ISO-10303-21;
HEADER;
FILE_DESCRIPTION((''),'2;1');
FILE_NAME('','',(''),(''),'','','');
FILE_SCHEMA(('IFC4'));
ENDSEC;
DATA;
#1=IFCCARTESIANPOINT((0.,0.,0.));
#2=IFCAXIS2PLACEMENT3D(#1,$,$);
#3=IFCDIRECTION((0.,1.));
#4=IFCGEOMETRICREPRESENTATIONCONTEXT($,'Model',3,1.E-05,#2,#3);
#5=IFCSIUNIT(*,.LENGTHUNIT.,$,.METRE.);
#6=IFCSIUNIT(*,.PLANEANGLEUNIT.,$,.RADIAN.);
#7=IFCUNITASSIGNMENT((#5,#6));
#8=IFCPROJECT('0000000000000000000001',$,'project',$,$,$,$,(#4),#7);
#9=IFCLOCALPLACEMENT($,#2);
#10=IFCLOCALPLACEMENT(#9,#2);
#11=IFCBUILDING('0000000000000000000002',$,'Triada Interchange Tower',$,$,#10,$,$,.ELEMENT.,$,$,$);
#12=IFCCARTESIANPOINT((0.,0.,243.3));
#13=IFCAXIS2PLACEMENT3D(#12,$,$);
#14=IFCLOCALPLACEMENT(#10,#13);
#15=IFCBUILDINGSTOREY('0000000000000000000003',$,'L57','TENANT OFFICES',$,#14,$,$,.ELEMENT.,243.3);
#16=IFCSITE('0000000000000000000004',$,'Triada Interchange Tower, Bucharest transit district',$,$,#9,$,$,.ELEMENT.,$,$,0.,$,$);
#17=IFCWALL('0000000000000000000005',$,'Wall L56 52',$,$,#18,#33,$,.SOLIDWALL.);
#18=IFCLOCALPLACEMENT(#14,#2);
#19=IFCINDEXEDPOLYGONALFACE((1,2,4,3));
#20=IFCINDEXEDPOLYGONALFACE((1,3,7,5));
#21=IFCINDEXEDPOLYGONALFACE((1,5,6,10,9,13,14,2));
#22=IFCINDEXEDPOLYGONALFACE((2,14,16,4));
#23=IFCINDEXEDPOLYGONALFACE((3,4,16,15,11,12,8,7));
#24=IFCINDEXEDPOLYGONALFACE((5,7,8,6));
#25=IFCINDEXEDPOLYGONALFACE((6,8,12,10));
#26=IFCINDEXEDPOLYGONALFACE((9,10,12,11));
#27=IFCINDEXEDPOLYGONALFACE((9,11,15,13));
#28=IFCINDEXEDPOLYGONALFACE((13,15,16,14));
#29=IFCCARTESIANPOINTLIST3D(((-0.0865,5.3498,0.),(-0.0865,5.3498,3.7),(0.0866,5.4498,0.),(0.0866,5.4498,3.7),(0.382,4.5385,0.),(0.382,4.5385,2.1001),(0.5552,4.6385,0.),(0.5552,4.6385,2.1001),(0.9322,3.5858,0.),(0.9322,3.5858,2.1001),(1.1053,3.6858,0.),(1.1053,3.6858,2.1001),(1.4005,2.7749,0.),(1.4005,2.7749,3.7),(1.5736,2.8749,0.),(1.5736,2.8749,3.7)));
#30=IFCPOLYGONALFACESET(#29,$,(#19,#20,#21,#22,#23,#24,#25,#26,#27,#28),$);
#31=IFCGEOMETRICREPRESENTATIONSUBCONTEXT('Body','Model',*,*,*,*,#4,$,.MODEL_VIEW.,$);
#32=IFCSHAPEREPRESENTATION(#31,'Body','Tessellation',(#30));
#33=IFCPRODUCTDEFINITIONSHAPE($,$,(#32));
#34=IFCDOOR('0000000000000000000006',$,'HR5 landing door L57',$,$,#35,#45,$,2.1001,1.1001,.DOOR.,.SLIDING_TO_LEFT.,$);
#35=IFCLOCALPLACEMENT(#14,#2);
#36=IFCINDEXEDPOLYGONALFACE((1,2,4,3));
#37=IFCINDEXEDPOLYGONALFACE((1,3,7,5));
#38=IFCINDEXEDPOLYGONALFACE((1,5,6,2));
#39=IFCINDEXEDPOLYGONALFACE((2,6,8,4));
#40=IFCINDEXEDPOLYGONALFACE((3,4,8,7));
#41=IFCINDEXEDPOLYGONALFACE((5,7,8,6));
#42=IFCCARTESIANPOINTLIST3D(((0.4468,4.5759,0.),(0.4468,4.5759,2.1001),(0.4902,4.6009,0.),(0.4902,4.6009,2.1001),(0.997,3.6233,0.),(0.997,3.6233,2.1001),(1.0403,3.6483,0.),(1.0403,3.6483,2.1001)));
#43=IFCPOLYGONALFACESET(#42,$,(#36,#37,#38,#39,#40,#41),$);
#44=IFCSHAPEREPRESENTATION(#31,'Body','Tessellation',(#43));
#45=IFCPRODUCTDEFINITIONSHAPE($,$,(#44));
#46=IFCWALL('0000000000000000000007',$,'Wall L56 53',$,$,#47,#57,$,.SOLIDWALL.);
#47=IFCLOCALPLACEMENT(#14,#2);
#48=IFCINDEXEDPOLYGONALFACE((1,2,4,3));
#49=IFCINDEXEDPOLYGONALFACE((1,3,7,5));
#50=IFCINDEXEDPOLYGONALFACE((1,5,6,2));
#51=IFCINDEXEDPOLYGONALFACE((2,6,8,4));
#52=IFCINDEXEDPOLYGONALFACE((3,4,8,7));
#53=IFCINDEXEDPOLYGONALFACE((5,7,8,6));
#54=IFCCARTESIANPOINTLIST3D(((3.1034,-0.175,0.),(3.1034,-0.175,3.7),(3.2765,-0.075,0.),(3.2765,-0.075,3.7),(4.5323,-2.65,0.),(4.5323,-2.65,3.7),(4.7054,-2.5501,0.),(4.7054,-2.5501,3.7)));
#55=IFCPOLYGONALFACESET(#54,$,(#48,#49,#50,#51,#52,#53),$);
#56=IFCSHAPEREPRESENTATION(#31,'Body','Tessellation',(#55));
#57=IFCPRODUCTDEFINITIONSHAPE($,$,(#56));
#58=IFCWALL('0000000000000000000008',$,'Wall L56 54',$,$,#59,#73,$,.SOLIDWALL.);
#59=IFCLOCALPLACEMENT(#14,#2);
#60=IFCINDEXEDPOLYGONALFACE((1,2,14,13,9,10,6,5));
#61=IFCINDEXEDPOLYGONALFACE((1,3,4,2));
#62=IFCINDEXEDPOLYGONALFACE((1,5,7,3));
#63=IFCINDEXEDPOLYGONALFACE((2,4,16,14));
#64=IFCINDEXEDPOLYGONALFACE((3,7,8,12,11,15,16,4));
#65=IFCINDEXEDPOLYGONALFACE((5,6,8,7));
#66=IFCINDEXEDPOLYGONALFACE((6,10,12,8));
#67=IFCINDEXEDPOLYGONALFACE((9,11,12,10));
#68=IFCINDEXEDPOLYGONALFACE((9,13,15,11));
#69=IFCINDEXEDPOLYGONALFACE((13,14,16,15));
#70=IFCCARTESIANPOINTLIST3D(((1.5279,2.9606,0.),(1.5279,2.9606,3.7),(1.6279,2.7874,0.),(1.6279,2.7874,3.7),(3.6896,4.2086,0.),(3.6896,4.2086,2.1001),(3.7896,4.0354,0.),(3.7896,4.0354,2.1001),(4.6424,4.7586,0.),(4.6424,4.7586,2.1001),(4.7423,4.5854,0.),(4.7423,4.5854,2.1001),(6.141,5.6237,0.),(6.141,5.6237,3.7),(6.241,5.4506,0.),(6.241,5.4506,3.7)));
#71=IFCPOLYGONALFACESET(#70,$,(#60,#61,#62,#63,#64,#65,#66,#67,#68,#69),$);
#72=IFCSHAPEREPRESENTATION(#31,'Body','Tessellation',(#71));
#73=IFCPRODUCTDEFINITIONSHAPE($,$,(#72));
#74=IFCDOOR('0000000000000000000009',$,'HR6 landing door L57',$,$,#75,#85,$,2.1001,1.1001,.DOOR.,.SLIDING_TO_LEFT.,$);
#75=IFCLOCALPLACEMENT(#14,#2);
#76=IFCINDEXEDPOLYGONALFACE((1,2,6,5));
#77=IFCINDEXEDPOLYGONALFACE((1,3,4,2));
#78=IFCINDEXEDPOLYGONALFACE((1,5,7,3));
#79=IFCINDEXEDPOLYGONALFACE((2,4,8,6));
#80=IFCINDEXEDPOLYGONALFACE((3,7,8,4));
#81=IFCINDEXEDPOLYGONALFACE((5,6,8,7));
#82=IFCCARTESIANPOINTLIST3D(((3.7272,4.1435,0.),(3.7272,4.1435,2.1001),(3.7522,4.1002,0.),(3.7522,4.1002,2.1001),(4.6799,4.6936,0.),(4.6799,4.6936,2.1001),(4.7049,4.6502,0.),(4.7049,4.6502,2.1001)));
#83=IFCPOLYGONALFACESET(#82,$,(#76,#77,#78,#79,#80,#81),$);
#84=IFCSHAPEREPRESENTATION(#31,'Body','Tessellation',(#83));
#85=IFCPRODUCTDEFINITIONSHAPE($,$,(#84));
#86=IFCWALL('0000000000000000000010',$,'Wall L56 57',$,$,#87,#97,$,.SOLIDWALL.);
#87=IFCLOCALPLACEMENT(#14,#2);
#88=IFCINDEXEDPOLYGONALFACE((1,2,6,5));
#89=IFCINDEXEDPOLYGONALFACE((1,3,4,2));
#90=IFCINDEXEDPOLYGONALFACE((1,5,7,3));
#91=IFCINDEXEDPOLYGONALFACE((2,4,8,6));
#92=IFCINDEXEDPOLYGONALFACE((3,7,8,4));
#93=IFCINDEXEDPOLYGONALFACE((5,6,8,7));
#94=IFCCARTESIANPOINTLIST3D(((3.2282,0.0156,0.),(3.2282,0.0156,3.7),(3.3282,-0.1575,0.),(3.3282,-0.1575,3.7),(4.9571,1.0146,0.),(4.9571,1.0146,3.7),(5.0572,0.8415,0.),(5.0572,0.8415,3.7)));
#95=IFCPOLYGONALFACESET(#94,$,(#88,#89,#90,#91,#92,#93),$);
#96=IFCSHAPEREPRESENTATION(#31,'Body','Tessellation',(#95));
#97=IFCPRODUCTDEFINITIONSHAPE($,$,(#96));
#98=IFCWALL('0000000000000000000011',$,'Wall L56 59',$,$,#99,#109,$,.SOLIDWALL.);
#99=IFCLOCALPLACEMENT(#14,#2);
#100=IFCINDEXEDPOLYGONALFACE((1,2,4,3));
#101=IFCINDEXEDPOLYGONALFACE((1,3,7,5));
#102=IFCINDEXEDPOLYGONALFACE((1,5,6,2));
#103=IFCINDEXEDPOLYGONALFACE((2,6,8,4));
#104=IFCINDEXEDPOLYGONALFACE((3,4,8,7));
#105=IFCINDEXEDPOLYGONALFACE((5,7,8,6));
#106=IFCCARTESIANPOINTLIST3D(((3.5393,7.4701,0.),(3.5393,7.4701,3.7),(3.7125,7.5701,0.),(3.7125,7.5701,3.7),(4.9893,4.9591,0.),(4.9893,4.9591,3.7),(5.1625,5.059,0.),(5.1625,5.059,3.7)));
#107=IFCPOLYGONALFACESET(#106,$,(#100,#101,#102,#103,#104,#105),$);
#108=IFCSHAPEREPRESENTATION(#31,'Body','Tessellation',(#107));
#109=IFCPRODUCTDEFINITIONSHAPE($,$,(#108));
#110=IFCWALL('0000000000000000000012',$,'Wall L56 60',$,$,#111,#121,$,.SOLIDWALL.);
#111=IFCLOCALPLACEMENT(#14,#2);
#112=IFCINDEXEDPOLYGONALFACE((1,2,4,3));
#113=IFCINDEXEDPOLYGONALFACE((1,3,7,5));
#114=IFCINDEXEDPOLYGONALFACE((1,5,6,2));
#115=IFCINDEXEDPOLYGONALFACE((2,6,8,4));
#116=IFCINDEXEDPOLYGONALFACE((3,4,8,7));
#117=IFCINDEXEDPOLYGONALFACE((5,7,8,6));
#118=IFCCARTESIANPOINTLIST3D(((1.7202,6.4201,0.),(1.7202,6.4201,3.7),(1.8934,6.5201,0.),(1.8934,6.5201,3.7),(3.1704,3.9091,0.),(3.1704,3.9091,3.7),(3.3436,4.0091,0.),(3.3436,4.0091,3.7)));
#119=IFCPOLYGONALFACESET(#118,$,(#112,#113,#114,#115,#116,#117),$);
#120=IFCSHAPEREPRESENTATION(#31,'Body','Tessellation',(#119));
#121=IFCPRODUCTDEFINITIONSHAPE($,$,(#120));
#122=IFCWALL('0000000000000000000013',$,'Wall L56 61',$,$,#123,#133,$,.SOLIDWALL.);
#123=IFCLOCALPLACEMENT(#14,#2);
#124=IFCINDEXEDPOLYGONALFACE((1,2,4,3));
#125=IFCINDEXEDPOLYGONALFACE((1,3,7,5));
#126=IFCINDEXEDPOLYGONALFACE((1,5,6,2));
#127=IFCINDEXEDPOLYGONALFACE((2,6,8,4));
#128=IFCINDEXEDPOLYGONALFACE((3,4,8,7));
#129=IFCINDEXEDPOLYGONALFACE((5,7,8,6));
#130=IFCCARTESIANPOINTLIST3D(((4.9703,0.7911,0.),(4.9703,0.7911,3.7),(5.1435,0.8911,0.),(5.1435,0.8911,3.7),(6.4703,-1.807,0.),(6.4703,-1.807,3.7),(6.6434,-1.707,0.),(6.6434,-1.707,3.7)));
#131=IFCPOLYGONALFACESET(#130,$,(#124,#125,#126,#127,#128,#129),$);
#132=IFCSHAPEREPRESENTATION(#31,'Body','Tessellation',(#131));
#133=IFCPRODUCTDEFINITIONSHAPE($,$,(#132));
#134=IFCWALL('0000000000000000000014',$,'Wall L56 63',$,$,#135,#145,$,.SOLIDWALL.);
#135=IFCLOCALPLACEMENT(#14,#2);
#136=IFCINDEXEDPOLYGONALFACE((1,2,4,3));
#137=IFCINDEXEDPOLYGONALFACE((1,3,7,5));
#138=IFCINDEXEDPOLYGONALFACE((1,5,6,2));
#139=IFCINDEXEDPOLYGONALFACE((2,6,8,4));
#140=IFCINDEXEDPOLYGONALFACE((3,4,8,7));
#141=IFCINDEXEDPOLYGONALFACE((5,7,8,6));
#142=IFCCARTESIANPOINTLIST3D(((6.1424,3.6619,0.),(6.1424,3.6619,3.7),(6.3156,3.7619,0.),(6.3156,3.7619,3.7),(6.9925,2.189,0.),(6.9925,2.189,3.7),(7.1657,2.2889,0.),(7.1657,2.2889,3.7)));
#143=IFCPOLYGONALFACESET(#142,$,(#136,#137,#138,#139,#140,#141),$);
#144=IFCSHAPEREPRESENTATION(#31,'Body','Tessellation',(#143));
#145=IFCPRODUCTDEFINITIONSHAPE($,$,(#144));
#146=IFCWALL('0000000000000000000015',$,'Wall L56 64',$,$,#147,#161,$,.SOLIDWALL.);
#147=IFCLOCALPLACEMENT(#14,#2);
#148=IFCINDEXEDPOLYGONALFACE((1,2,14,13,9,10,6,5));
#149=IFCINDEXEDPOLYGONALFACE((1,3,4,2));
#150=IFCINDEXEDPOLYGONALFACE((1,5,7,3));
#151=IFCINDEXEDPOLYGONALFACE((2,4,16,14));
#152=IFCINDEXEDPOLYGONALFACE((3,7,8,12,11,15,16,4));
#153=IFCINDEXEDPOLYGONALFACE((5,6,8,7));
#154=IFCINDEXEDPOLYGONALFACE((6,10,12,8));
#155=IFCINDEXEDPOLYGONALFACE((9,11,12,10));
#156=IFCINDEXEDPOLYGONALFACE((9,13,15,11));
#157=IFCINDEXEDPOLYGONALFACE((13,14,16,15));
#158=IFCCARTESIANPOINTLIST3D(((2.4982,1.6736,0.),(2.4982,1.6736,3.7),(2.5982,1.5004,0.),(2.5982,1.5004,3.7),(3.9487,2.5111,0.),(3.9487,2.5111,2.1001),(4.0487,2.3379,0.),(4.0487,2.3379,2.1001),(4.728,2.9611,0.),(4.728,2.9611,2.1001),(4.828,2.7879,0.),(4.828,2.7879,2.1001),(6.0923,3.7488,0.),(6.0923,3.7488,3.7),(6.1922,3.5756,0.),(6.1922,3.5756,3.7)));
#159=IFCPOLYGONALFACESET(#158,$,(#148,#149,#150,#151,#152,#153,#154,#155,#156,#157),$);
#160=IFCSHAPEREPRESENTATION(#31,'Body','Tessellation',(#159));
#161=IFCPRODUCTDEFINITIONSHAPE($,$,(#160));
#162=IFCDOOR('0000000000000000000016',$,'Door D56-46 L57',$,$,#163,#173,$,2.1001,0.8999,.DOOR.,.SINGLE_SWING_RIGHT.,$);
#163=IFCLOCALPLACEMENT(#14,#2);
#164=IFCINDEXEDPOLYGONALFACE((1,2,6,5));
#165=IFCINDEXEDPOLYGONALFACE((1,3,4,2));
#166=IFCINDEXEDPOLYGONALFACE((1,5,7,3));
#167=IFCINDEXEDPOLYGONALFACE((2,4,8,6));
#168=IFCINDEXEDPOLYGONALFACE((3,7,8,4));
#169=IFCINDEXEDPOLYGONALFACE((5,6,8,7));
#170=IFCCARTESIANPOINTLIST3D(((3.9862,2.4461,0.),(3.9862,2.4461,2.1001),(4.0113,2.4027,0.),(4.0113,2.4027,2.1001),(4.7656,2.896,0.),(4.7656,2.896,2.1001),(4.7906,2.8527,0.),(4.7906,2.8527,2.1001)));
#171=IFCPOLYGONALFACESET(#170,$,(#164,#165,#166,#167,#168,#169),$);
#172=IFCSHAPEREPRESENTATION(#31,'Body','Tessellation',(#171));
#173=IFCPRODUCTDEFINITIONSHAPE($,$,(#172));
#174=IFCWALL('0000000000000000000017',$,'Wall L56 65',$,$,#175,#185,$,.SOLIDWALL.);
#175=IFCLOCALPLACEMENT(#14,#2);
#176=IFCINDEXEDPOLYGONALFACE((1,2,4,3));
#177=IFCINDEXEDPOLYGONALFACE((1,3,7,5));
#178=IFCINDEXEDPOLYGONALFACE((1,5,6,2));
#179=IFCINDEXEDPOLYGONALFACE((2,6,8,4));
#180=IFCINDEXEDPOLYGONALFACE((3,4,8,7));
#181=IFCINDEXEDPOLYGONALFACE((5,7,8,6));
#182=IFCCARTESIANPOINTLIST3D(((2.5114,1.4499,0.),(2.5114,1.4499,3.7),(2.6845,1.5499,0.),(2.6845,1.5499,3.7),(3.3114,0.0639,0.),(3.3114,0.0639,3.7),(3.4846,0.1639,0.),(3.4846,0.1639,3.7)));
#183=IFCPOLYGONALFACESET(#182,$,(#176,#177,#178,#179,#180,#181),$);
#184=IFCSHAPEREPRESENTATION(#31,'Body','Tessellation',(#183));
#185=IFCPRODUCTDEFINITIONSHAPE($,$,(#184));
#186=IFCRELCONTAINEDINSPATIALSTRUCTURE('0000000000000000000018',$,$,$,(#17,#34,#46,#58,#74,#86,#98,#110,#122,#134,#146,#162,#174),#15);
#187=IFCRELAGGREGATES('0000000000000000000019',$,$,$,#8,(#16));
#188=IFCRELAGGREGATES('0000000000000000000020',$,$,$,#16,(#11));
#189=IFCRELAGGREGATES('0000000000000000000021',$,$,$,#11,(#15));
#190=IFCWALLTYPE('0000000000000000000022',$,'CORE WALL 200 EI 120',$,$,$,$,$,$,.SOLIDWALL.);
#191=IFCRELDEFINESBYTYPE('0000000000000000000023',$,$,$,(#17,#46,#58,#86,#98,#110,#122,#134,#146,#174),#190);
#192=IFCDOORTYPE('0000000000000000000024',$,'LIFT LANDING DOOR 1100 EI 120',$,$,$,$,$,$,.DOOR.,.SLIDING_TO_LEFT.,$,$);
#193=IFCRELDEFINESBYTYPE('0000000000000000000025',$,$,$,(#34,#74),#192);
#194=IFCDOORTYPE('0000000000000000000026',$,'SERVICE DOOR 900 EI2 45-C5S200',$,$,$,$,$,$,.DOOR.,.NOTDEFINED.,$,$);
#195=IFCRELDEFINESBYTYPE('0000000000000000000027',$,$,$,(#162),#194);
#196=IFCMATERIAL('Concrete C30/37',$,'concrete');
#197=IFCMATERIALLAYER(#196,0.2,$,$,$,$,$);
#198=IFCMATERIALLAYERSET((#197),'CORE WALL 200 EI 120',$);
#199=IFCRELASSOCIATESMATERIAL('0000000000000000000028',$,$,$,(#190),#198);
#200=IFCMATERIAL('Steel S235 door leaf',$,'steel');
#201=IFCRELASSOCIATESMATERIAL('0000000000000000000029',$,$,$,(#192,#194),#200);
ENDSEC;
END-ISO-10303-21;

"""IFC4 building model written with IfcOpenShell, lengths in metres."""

from ifc_helpers import new_model, si_unit, direction, frame, frame_2d, origin, place, context, subcontext, project, spatial, rectangle, extrude, material, layer, layer_set, type_object, element, fill, save


model = new_model("IFC4")

# Units and contexts
model_context = context("Model", 3, precision=1e-05, world=origin(), true_north=direction((0.0, 1.0)))
body_context = subcontext(model_context, "Body", "Model", "MODEL_VIEW")
ifc_project = project(units=[si_unit("LENGTHUNIT", "METRE"), si_unit("PLANEANGLEUNIT", "RADIAN")], contexts=[model_context])

# Site, building, storey
site_placement = place(None, origin())
site = spatial("IfcSite", under=ifc_project, at=site_placement, Name="Triada Interchange Tower, Bucharest transit district", CompositionType="ELEMENT", RefElevation=0.0)
building_placement = place(site_placement, origin())
building = spatial("IfcBuilding", under=site, at=building_placement, Name="Triada Interchange Tower", CompositionType="ELEMENT")
storey_placement = place(building_placement, frame((0.0, 0.0, 243.3)))
storey = spatial("IfcBuildingStorey", under=building, at=storey_placement, Name="L57", Description="TENANT OFFICES", CompositionType="ELEMENT", Elevation=243.3)

# Wall, opening, door
ifc_material_1 = material(Name="Concrete C30/37", Category="concrete")
ifc_layer_1 = layer(ifc_material_1, 0.2)
ifc_layer_set_1 = layer_set([ifc_layer_1], Name="CORE WALL 200 EI 120")
wall_type_1 = type_object("IfcWallType", Name="CORE WALL 200 EI 120", PredefinedType="SOLIDWALL", material=ifc_layer_set_1)
ifc_material_2 = material(Name="Steel S235 door leaf", Category="steel")
door_type_1 = type_object("IfcDoorType", Name="LIFT LANDING DOOR 1100 EI 120", OperationType="SLIDING_TO_LEFT", PredefinedType="DOOR", material=ifc_material_2)
wall_1_placement = place(storey_placement, frame((0.0, 5.3999, 0.0), z_axis=(0.0, 0.0, 1.0), x_axis=(0.500104, -0.865965, 0.0)))
wall_1 = element("IfcWall", 1, at=wall_1_placement, inside=storey, type_object=wall_type_1, Name="Wall L56 52", PredefinedType="SOLIDWALL", context=body_context, shape_type="SweptSolid", body=[
    extrude(rectangle(XDim=2.9734, YDim=0.2, at=frame_2d((1.4868, 0.0))), origin(), (0.0, 0.0, 1.0), 3.7),
])
opening_1_placement = place(wall_1_placement, frame((0.937, 0.0, 0.0)))
opening_1 = element("IfcOpeningElement", 2, at=opening_1_placement, cuts=wall_1, PredefinedType="OPENING", context=body_context, shape_type="SweptSolid", body=[
    extrude(rectangle(XDim=1.1001, YDim=2.1001, at=frame_2d((0.55, 1.05))), frame((0.0, 0.1099, 0.0), z_axis=(0.0, -1.0, 0.0), x_axis=(1.0, 0.0, 0.0)), (0.0, 0.0, 1.0), 0.22),
])
door_1_placement = place(opening_1_placement, origin())
door_1 = element("IfcDoor", 3, at=door_1_placement, inside=storey, type_object=door_type_1, Name="HR5 landing door L57", OperationType="SLIDING_TO_LEFT", OverallHeight=2.1001, OverallWidth=1.1001, PredefinedType="DOOR", context=body_context, shape_type="SweptSolid", body=[
    extrude(rectangle(XDim=1.1001, YDim=2.1001, at=frame_2d((0.55, 1.05))), frame((0.0, 0.0249, 0.0), z_axis=(0.0, -1.0, 0.0), x_axis=(1.0, 0.0, 0.0)), (0.0, 0.0, 1.0), 0.05),
])
fill(opening_1, door_1)

# Wall
wall_2_placement = place(storey_placement, frame((3.1899, -0.125, 0.0), z_axis=(0.0, 0.0, 1.0), x_axis=(0.499989, -0.866032, 0.0)))
element("IfcWall", 4, at=wall_2_placement, inside=storey, type_object=wall_type_1, Name="Wall L56 53", PredefinedType="SOLIDWALL", context=body_context, shape_type="SweptSolid", body=[
    extrude(rectangle(XDim=2.8579, YDim=0.2, at=frame_2d((1.429, 0.0))), origin(), (0.0, 0.0, 1.0), 3.7),
])

# Wall, opening, door
wall_3_placement = place(storey_placement, frame((1.5779, 2.874, 0.0), z_axis=(0.0, 0.0, 1.0), x_axis=(0.866046, 0.499964, 0.0)))
wall_3 = element("IfcWall", 5, at=wall_3_placement, inside=storey, type_object=wall_type_1, Name="Wall L56 54", PredefinedType="SOLIDWALL", context=body_context, shape_type="SweptSolid", body=[
    extrude(rectangle(XDim=5.3267, YDim=0.2, at=frame_2d((2.6633, 0.0))), origin(), (0.0, 0.0, 1.0), 3.7),
])
opening_2_placement = place(wall_3_placement, frame((2.4961, 0.0, 0.0)))
opening_2 = element("IfcOpeningElement", 6, at=opening_2_placement, cuts=wall_3, PredefinedType="OPENING", context=body_context, shape_type="SweptSolid", body=[
    extrude(rectangle(XDim=1.1001, YDim=2.1001, at=frame_2d((0.55, 1.05))), frame((0.0, 0.1099, 0.0), z_axis=(0.0, -1.0, 0.0), x_axis=(1.0, 0.0, 0.0)), (0.0, 0.0, 1.0), 0.22),
])
door_2_placement = place(opening_2_placement, origin())
door_2 = element("IfcDoor", 7, at=door_2_placement, inside=storey, type_object=door_type_1, Name="HR6 landing door L57", OperationType="SLIDING_TO_LEFT", OverallHeight=2.1001, OverallWidth=1.1001, PredefinedType="DOOR", context=body_context, shape_type="SweptSolid", body=[
    extrude(rectangle(XDim=1.1001, YDim=2.1001, at=frame_2d((0.55, 1.05))), frame((0.0, 0.0249, 0.0), z_axis=(0.0, -1.0, 0.0), x_axis=(1.0, 0.0, 0.0)), (0.0, 0.0, 1.0), 0.05),
])
fill(opening_2, door_2)

# Walls
wall_4_placement = place(storey_placement, frame((3.2781, -0.071, 0.0), z_axis=(0.0, 0.0, 1.0), x_axis=(0.865856, 0.500294, 0.0)))
element("IfcWall", 8, at=wall_4_placement, inside=storey, type_object=wall_type_1, Name="Wall L56 57", PredefinedType="SOLIDWALL", context=body_context, shape_type="SweptSolid", body=[
    extrude(rectangle(XDim=1.9968, YDim=0.2, at=frame_2d((0.9985, 0.0))), origin(), (0.0, 0.0, 1.0), 3.7),
])
for number, where, z_axis, x_axis, name in (
    (9, (3.626, 7.52, 0.0), (0.0, 0.0, 1.0), (0.50006, -0.865991, 0.0), "Wall L56 59"),
    (10, (1.8069, 6.47, 0.0), (0.0, 0.0, 1.0), (0.500123, -0.865954, 0.0), "Wall L56 60"),
):
    element("IfcWall", number, at=place(storey_placement, frame(where, z_axis=z_axis, x_axis=x_axis)), inside=storey, type_object=wall_type_1, Name=name, PredefinedType="SOLIDWALL", context=body_context, shape_type="SweptSolid", body=[
        extrude(rectangle(XDim=2.8997, YDim=0.2, at=frame_2d((1.4497, 0.0))), origin(), (0.0, 0.0, 1.0), 3.7),
    ])
wall_5_placement = place(storey_placement, frame((5.0569, 0.8411, 0.0), z_axis=(0.0, 0.0, 1.0), x_axis=(0.49999, -0.866031, 0.0)))
element("IfcWall", 11, at=wall_5_placement, inside=storey, type_object=wall_type_1, Name="Wall L56 61", PredefinedType="SOLIDWALL", context=body_context, shape_type="SweptSolid", body=[
    extrude(rectangle(XDim=3.0, YDim=0.2, at=frame_2d((1.5, 0.0))), origin(), (0.0, 0.0, 1.0), 3.7),
])
wall_6_placement = place(storey_placement, frame((6.229, 3.7119, 0.0), z_axis=(0.0, 0.0, 1.0), x_axis=(0.499876, -0.866097, 0.0)))
element("IfcWall", 12, at=wall_6_placement, inside=storey, type_object=wall_type_1, Name="Wall L56 63", PredefinedType="SOLIDWALL", context=body_context, shape_type="SweptSolid", body=[
    extrude(rectangle(XDim=1.7007, YDim=0.2, at=frame_2d((0.8503, 0.0))), origin(), (0.0, 0.0, 1.0), 3.7),
])

# Wall, opening, door
wall_7_placement = place(storey_placement, frame((2.5481, 1.5869, 0.0), z_axis=(0.0, 0.0, 1.0), x_axis=(0.866004, 0.500036, 0.0)))
wall_7 = element("IfcWall", 13, at=wall_7_placement, inside=storey, type_object=wall_type_1, Name="Wall L56 64", PredefinedType="SOLIDWALL", context=body_context, shape_type="SweptSolid", body=[
    extrude(rectangle(XDim=4.1501, YDim=0.2, at=frame_2d((2.0752, 0.0))), origin(), (0.0, 0.0, 1.0), 3.7),
])
opening_3_placement = place(wall_7_placement, frame((1.675, 0.0, 0.0)))
opening_3 = element("IfcOpeningElement", 14, at=opening_3_placement, cuts=wall_7, PredefinedType="OPENING", context=body_context, shape_type="SweptSolid", body=[
    extrude(rectangle(XDim=0.8999, YDim=2.1001, at=frame_2d((0.45, 1.05))), frame((0.0, 0.1099, 0.0), z_axis=(0.0, -1.0, 0.0), x_axis=(1.0, 0.0, 0.0)), (0.0, 0.0, 1.0), 0.22),
])
door_type_2 = type_object("IfcDoorType", Name="SERVICE DOOR 900 EI2 45-C5S200", OperationType="NOTDEFINED", PredefinedType="DOOR", material=ifc_material_2)
door_3_placement = place(opening_3_placement, origin())
door_3 = element("IfcDoor", 15, at=door_3_placement, inside=storey, type_object=door_type_2, Name="Door D56-46 L57", OperationType="SINGLE_SWING_RIGHT", OverallHeight=2.1001, OverallWidth=0.8999, PredefinedType="DOOR", context=body_context, shape_type="SweptSolid", body=[
    extrude(rectangle(XDim=0.8999, YDim=2.1001, at=frame_2d((0.45, 1.05))), frame((0.0, 0.0249, 0.0), z_axis=(0.0, -1.0, 0.0), x_axis=(1.0, 0.0, 0.0)), (0.0, 0.0, 1.0), 0.05),
])
fill(opening_3, door_3)

# Wall
wall_8_placement = place(storey_placement, frame((2.5979, 1.5, 0.0), z_axis=(0.0, 0.0, 1.0), x_axis=(0.499929, -0.866066, 0.0)))
element("IfcWall", 16, at=wall_8_placement, inside=storey, type_object=wall_type_1, Name="Wall L56 65", PredefinedType="SOLIDWALL", context=body_context, shape_type="SweptSolid", body=[
    extrude(rectangle(XDim=1.6003, YDim=0.2, at=frame_2d((0.8003, 0.0))), origin(), (0.0, 0.0, 1.0), 3.7),
])

save(model, "model.ifc")
